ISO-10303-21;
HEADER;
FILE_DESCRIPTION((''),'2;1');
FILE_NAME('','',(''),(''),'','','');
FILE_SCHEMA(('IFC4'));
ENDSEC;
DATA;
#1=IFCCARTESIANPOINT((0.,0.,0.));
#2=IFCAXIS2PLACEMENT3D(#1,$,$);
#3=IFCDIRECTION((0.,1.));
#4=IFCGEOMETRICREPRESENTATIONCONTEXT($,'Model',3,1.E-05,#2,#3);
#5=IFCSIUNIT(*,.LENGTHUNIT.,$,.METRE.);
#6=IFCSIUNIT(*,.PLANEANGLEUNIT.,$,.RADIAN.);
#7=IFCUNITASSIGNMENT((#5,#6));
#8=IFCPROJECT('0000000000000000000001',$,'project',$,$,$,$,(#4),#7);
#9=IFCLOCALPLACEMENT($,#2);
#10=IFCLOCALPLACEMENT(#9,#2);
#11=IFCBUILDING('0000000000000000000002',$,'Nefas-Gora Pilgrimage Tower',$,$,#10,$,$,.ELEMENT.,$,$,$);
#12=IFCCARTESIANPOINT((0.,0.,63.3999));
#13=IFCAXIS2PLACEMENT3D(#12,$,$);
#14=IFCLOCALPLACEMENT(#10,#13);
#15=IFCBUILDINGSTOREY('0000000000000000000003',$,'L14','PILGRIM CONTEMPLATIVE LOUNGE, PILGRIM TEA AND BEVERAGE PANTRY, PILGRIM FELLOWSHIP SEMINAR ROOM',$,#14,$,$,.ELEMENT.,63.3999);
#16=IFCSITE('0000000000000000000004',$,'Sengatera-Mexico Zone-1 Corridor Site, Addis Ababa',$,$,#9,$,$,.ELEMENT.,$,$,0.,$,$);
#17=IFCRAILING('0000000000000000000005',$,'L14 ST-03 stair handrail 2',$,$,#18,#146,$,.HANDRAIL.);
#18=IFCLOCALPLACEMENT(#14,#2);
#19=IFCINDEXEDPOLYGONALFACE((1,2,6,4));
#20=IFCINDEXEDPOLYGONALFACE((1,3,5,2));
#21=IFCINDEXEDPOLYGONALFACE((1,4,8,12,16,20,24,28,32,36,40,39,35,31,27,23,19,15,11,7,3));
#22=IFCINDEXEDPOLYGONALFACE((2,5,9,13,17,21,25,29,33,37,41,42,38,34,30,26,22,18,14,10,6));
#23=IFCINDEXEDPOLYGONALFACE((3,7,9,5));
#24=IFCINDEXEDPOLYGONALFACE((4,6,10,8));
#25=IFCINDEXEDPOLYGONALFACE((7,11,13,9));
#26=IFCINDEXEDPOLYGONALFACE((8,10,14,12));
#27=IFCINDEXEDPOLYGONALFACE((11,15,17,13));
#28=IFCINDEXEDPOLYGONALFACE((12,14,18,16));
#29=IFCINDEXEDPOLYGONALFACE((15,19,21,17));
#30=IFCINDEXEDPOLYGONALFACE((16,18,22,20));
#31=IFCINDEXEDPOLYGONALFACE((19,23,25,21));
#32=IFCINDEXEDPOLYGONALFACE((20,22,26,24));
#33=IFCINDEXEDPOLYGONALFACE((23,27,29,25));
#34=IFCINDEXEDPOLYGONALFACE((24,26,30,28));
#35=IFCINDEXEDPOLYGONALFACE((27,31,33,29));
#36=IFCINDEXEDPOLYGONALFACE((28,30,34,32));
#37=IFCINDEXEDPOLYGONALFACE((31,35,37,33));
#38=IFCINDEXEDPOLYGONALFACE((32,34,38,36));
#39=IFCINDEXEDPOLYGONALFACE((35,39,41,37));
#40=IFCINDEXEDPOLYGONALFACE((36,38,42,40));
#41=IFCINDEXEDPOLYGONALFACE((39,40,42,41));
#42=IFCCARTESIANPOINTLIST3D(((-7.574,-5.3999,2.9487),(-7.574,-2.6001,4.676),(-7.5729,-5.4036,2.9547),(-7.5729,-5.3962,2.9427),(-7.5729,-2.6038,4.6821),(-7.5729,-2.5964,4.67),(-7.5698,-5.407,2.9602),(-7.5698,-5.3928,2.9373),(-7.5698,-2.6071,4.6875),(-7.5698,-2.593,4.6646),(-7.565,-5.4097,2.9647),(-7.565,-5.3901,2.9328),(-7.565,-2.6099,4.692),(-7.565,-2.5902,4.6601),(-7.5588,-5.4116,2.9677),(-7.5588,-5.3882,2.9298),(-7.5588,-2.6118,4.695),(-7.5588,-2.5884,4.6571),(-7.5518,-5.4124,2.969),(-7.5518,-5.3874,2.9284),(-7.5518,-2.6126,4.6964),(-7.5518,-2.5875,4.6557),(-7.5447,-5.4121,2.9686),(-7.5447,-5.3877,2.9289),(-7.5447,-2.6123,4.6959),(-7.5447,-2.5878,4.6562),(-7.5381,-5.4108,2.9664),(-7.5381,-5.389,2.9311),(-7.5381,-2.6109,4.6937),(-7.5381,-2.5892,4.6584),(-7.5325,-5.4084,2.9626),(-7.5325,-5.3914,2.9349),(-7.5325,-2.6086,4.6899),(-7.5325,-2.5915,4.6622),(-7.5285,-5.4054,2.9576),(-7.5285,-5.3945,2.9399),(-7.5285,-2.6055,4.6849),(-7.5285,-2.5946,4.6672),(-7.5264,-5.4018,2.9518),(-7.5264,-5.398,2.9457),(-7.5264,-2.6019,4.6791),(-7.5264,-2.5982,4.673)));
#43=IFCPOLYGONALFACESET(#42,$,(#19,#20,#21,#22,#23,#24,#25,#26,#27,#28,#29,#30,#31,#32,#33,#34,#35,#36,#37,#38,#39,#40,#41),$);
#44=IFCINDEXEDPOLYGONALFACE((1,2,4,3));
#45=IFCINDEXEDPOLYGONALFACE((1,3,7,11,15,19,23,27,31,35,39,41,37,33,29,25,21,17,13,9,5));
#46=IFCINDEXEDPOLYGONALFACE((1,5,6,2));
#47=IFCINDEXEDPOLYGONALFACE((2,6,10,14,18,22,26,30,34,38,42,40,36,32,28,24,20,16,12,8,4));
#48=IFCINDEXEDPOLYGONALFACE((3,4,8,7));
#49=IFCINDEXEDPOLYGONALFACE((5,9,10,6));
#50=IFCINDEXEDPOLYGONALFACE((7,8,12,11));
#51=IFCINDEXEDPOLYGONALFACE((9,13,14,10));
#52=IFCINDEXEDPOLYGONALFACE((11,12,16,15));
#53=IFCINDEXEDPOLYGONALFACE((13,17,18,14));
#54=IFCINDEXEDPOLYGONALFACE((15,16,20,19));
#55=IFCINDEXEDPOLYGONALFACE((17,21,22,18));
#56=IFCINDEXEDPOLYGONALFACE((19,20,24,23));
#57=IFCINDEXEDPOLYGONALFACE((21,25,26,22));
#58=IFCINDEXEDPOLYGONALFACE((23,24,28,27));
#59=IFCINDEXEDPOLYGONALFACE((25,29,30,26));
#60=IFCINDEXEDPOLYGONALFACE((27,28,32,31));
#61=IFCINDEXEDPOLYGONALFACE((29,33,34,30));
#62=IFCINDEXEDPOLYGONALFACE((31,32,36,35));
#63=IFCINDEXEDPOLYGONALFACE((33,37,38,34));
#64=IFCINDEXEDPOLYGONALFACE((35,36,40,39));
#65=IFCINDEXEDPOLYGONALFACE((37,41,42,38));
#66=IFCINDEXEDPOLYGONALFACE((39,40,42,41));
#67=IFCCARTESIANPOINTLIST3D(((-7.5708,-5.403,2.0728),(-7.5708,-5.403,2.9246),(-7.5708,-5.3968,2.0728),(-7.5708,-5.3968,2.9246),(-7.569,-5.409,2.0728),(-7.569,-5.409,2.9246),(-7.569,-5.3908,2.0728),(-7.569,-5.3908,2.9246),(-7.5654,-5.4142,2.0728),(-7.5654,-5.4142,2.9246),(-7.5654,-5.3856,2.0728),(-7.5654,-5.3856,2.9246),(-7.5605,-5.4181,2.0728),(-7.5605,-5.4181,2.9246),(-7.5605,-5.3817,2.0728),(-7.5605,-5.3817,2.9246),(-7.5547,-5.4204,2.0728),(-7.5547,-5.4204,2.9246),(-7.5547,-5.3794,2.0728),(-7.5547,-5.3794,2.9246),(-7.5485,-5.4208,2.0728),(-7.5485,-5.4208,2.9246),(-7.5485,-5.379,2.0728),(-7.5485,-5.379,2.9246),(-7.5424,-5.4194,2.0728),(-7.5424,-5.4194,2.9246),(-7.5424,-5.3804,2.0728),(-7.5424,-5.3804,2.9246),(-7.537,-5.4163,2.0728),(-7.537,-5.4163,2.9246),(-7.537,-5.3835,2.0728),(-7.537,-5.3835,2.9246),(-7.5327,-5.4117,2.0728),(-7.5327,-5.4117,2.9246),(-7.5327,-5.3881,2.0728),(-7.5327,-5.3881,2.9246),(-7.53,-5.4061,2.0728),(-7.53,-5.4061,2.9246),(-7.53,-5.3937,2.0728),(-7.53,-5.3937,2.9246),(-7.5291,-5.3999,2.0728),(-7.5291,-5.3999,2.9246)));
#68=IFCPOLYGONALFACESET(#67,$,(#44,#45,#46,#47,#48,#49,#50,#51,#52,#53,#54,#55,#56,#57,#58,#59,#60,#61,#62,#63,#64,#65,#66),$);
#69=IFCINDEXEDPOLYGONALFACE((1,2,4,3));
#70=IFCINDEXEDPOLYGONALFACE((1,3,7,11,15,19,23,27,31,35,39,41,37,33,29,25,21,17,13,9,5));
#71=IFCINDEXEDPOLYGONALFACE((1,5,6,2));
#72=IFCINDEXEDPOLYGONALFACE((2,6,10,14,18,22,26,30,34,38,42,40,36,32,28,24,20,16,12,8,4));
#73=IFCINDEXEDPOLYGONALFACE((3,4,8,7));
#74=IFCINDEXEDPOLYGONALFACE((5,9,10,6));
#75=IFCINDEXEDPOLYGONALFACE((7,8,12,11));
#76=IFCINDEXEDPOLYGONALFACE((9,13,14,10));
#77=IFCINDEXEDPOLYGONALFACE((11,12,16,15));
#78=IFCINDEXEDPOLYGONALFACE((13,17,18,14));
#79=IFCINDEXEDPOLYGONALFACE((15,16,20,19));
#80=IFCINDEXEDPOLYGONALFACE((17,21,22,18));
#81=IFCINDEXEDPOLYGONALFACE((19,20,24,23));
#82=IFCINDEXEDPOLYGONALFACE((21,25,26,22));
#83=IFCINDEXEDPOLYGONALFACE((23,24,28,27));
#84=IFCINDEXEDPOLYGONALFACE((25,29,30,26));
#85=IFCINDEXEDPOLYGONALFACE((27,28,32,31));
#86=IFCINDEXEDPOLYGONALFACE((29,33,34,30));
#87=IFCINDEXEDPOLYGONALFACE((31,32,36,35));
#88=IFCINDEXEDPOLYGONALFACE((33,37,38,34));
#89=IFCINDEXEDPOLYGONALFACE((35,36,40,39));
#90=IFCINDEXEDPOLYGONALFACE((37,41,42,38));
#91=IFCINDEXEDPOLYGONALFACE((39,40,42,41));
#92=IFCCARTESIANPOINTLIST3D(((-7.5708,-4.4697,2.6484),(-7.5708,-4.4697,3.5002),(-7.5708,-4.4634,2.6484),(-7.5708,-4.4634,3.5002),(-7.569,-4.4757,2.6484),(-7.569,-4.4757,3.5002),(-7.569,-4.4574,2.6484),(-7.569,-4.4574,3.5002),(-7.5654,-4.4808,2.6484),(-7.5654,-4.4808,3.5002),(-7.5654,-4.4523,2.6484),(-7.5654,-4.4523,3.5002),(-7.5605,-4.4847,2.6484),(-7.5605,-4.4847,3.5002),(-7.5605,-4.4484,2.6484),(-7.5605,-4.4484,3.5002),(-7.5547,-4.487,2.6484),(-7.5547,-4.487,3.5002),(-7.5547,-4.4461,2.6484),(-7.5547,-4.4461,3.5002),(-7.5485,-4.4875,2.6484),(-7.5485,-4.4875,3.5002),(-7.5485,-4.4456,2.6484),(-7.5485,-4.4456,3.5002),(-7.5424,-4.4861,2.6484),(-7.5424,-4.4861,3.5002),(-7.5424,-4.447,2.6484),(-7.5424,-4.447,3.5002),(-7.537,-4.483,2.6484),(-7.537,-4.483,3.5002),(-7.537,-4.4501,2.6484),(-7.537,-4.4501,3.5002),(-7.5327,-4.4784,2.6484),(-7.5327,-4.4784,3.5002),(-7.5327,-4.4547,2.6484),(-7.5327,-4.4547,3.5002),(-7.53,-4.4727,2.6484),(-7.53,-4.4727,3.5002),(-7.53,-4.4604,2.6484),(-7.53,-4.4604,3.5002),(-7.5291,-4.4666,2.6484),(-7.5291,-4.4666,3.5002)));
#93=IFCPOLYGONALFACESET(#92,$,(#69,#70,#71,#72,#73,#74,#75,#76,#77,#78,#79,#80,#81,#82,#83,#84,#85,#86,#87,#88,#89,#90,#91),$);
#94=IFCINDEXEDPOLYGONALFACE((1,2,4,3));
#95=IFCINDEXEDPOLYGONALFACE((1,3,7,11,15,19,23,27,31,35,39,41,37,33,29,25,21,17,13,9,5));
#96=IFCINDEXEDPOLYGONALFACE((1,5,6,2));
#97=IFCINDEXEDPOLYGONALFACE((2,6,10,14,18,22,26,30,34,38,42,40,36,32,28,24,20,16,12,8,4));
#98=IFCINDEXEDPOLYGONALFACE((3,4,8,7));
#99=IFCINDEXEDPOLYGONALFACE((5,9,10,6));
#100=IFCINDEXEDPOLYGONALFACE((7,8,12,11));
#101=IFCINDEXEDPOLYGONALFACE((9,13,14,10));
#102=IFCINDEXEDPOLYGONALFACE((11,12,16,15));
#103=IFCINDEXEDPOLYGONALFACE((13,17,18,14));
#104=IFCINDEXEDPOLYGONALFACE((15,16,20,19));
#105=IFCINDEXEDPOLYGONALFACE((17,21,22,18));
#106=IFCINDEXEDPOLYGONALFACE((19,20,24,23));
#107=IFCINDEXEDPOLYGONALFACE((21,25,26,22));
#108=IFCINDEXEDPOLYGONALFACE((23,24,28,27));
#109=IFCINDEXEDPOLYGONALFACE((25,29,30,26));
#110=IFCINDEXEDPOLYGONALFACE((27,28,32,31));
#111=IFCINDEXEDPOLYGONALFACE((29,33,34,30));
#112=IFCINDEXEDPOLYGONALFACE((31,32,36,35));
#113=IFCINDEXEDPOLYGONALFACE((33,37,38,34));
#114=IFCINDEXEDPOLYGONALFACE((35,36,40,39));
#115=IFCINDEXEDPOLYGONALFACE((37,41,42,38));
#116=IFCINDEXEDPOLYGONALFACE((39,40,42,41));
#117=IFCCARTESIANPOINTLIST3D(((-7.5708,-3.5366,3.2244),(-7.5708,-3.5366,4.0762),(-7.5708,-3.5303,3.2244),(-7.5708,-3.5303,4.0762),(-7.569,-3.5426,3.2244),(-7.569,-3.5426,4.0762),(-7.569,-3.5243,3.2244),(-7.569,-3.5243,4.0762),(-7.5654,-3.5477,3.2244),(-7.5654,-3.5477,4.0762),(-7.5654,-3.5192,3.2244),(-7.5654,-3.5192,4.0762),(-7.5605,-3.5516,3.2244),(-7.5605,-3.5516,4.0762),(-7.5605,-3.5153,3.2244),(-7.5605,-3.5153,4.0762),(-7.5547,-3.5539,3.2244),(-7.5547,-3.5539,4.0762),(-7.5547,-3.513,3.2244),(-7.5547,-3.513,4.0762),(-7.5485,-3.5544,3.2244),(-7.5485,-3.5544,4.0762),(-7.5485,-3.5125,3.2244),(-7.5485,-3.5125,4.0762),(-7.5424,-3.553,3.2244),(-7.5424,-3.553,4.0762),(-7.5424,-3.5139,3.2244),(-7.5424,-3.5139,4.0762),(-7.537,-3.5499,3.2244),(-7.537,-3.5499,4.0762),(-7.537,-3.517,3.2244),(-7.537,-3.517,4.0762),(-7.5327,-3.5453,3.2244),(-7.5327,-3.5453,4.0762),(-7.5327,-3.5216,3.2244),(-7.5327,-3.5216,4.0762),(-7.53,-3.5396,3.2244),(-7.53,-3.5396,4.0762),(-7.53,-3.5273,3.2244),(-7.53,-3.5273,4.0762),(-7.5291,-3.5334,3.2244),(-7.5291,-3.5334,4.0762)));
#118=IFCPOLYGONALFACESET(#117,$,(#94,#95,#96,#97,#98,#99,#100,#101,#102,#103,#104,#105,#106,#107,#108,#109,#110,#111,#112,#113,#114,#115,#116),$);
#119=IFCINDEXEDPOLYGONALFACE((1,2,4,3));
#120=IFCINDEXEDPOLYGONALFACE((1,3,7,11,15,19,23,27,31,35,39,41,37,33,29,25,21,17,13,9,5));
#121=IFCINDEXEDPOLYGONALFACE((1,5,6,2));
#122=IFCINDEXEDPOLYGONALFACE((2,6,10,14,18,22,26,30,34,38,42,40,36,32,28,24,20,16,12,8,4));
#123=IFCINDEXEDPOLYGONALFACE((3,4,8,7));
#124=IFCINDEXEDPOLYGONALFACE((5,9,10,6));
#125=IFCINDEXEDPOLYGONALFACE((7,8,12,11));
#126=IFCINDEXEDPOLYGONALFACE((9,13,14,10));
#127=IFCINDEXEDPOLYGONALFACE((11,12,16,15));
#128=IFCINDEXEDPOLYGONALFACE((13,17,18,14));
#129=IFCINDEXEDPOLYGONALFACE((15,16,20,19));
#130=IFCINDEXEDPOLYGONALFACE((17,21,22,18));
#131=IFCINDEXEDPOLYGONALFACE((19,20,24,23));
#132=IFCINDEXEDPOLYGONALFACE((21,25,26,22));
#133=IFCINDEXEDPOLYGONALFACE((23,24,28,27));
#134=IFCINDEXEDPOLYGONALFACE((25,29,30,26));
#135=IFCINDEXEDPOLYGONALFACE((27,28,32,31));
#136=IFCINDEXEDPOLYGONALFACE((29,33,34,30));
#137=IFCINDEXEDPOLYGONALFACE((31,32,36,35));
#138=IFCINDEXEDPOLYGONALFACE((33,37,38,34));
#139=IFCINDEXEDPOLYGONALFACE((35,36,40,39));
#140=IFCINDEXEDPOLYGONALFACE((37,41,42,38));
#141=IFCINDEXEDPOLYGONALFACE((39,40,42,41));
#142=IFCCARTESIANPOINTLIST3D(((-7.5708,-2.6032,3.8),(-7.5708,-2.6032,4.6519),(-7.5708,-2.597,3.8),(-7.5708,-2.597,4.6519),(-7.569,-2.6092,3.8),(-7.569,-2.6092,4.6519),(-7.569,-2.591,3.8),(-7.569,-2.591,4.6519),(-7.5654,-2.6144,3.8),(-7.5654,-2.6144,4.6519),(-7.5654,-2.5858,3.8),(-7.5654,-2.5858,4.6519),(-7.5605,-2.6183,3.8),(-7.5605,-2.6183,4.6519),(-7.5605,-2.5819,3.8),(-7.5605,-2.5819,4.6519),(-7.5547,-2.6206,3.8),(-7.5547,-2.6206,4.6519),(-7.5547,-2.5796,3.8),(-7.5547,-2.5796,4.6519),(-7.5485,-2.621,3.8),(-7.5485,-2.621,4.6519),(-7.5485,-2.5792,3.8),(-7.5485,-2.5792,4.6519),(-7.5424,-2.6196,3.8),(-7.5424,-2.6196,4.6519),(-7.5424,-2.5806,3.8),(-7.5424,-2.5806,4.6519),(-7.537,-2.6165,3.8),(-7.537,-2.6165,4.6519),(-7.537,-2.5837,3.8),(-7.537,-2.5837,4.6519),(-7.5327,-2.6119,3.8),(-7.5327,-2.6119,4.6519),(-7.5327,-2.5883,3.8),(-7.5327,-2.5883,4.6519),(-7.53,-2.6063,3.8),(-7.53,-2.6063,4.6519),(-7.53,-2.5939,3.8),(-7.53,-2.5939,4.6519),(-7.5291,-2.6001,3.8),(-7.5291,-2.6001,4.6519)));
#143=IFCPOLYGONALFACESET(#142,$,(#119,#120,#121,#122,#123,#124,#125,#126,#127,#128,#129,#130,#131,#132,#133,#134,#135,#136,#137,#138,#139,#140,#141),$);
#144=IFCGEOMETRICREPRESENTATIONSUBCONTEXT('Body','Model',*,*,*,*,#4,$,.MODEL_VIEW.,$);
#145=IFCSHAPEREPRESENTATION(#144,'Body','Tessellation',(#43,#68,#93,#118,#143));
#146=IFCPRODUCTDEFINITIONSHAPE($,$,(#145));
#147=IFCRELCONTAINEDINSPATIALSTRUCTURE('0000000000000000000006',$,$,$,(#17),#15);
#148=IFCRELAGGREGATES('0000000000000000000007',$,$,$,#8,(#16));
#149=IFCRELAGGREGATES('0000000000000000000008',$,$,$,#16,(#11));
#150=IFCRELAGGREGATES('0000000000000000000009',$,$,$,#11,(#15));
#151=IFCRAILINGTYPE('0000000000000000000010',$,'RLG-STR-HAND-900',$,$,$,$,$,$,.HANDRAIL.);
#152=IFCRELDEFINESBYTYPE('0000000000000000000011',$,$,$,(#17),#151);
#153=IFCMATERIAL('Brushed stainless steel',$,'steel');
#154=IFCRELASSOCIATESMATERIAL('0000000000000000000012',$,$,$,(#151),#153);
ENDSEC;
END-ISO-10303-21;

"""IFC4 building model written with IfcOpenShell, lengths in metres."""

from ifc_helpers import new_model, si_unit, direction, frame, origin, origin_2d, place, context, subcontext, project, spatial, circle, extrude, material, type_object, element, save


model = new_model("IFC4")

# Units and contexts
model_context = context("Model", 3, precision=1e-05, world=origin(), true_north=direction((0.0, 1.0)))
body_context = subcontext(model_context, "Body", "Model", "MODEL_VIEW")
ifc_project = project(units=[si_unit("LENGTHUNIT", "METRE"), si_unit("PLANEANGLEUNIT", "RADIAN")], contexts=[model_context])

# Site, building, storey
site_placement = place(None, origin())
site = spatial("IfcSite", under=ifc_project, at=site_placement, Name="Sengatera-Mexico Zone-1 Corridor Site, Addis Ababa", CompositionType="ELEMENT", RefElevation=0.0)
building_placement = place(site_placement, origin())
building = spatial("IfcBuilding", under=site, at=building_placement, Name="Nefas-Gora Pilgrimage Tower", CompositionType="ELEMENT")
storey_placement = place(building_placement, frame((0.0, 0.0, 63.3999)))
storey = spatial("IfcBuildingStorey", under=building, at=storey_placement, Name="L14", Description="PILGRIM CONTEMPLATIVE LOUNGE, PILGRIM TEA AND BEVERAGE PANTRY, PILGRIM FELLOWSHIP SEMINAR ROOM", CompositionType="ELEMENT", Elevation=63.3999)

# Railing
ifc_material_1 = material(Name="Brushed stainless steel", Category="steel")
railing_type_1 = type_object("IfcRailingType", Name="RLG-STR-HAND-900", PredefinedType="HANDRAIL", material=ifc_material_1)
railing_1_placement = place(storey_placement, frame((-7.55, -5.3999, 2.0728)))
element("IfcRailing", 1, at=railing_1_placement, inside=storey, type_object=railing_type_1, Name="L14 ST-03 stair handrail 2", PredefinedType="HANDRAIL", context=body_context, shape_type="SweptSolid", body=[
    extrude(circle(Radius=0.0239, at=origin_2d()), frame((0.0, 0.0, 0.876), z_axis=(0.0, 0.851069, 0.525054), x_axis=(-1.0, 0.0, 0.0)), (0.0, 0.0, 1.0), 3.2898),
    extrude(circle(Radius=0.021, at=origin_2d()), origin(), (0.0, 0.0, 1.0), 0.8518),
    extrude(circle(Radius=0.021, at=origin_2d()), frame((0.0, 0.9333, 0.5757)), (0.0, 0.0, 1.0), 0.8518),
    extrude(circle(Radius=0.021, at=origin_2d()), frame((0.0, 1.8665, 1.1516)), (0.0, 0.0, 1.0), 0.8518),
    extrude(circle(Radius=0.021, at=origin_2d()), frame((0.0, 2.7998, 1.7273)), (0.0, 0.0, 1.0), 0.8518),
])

save(model, "model.ifc")
